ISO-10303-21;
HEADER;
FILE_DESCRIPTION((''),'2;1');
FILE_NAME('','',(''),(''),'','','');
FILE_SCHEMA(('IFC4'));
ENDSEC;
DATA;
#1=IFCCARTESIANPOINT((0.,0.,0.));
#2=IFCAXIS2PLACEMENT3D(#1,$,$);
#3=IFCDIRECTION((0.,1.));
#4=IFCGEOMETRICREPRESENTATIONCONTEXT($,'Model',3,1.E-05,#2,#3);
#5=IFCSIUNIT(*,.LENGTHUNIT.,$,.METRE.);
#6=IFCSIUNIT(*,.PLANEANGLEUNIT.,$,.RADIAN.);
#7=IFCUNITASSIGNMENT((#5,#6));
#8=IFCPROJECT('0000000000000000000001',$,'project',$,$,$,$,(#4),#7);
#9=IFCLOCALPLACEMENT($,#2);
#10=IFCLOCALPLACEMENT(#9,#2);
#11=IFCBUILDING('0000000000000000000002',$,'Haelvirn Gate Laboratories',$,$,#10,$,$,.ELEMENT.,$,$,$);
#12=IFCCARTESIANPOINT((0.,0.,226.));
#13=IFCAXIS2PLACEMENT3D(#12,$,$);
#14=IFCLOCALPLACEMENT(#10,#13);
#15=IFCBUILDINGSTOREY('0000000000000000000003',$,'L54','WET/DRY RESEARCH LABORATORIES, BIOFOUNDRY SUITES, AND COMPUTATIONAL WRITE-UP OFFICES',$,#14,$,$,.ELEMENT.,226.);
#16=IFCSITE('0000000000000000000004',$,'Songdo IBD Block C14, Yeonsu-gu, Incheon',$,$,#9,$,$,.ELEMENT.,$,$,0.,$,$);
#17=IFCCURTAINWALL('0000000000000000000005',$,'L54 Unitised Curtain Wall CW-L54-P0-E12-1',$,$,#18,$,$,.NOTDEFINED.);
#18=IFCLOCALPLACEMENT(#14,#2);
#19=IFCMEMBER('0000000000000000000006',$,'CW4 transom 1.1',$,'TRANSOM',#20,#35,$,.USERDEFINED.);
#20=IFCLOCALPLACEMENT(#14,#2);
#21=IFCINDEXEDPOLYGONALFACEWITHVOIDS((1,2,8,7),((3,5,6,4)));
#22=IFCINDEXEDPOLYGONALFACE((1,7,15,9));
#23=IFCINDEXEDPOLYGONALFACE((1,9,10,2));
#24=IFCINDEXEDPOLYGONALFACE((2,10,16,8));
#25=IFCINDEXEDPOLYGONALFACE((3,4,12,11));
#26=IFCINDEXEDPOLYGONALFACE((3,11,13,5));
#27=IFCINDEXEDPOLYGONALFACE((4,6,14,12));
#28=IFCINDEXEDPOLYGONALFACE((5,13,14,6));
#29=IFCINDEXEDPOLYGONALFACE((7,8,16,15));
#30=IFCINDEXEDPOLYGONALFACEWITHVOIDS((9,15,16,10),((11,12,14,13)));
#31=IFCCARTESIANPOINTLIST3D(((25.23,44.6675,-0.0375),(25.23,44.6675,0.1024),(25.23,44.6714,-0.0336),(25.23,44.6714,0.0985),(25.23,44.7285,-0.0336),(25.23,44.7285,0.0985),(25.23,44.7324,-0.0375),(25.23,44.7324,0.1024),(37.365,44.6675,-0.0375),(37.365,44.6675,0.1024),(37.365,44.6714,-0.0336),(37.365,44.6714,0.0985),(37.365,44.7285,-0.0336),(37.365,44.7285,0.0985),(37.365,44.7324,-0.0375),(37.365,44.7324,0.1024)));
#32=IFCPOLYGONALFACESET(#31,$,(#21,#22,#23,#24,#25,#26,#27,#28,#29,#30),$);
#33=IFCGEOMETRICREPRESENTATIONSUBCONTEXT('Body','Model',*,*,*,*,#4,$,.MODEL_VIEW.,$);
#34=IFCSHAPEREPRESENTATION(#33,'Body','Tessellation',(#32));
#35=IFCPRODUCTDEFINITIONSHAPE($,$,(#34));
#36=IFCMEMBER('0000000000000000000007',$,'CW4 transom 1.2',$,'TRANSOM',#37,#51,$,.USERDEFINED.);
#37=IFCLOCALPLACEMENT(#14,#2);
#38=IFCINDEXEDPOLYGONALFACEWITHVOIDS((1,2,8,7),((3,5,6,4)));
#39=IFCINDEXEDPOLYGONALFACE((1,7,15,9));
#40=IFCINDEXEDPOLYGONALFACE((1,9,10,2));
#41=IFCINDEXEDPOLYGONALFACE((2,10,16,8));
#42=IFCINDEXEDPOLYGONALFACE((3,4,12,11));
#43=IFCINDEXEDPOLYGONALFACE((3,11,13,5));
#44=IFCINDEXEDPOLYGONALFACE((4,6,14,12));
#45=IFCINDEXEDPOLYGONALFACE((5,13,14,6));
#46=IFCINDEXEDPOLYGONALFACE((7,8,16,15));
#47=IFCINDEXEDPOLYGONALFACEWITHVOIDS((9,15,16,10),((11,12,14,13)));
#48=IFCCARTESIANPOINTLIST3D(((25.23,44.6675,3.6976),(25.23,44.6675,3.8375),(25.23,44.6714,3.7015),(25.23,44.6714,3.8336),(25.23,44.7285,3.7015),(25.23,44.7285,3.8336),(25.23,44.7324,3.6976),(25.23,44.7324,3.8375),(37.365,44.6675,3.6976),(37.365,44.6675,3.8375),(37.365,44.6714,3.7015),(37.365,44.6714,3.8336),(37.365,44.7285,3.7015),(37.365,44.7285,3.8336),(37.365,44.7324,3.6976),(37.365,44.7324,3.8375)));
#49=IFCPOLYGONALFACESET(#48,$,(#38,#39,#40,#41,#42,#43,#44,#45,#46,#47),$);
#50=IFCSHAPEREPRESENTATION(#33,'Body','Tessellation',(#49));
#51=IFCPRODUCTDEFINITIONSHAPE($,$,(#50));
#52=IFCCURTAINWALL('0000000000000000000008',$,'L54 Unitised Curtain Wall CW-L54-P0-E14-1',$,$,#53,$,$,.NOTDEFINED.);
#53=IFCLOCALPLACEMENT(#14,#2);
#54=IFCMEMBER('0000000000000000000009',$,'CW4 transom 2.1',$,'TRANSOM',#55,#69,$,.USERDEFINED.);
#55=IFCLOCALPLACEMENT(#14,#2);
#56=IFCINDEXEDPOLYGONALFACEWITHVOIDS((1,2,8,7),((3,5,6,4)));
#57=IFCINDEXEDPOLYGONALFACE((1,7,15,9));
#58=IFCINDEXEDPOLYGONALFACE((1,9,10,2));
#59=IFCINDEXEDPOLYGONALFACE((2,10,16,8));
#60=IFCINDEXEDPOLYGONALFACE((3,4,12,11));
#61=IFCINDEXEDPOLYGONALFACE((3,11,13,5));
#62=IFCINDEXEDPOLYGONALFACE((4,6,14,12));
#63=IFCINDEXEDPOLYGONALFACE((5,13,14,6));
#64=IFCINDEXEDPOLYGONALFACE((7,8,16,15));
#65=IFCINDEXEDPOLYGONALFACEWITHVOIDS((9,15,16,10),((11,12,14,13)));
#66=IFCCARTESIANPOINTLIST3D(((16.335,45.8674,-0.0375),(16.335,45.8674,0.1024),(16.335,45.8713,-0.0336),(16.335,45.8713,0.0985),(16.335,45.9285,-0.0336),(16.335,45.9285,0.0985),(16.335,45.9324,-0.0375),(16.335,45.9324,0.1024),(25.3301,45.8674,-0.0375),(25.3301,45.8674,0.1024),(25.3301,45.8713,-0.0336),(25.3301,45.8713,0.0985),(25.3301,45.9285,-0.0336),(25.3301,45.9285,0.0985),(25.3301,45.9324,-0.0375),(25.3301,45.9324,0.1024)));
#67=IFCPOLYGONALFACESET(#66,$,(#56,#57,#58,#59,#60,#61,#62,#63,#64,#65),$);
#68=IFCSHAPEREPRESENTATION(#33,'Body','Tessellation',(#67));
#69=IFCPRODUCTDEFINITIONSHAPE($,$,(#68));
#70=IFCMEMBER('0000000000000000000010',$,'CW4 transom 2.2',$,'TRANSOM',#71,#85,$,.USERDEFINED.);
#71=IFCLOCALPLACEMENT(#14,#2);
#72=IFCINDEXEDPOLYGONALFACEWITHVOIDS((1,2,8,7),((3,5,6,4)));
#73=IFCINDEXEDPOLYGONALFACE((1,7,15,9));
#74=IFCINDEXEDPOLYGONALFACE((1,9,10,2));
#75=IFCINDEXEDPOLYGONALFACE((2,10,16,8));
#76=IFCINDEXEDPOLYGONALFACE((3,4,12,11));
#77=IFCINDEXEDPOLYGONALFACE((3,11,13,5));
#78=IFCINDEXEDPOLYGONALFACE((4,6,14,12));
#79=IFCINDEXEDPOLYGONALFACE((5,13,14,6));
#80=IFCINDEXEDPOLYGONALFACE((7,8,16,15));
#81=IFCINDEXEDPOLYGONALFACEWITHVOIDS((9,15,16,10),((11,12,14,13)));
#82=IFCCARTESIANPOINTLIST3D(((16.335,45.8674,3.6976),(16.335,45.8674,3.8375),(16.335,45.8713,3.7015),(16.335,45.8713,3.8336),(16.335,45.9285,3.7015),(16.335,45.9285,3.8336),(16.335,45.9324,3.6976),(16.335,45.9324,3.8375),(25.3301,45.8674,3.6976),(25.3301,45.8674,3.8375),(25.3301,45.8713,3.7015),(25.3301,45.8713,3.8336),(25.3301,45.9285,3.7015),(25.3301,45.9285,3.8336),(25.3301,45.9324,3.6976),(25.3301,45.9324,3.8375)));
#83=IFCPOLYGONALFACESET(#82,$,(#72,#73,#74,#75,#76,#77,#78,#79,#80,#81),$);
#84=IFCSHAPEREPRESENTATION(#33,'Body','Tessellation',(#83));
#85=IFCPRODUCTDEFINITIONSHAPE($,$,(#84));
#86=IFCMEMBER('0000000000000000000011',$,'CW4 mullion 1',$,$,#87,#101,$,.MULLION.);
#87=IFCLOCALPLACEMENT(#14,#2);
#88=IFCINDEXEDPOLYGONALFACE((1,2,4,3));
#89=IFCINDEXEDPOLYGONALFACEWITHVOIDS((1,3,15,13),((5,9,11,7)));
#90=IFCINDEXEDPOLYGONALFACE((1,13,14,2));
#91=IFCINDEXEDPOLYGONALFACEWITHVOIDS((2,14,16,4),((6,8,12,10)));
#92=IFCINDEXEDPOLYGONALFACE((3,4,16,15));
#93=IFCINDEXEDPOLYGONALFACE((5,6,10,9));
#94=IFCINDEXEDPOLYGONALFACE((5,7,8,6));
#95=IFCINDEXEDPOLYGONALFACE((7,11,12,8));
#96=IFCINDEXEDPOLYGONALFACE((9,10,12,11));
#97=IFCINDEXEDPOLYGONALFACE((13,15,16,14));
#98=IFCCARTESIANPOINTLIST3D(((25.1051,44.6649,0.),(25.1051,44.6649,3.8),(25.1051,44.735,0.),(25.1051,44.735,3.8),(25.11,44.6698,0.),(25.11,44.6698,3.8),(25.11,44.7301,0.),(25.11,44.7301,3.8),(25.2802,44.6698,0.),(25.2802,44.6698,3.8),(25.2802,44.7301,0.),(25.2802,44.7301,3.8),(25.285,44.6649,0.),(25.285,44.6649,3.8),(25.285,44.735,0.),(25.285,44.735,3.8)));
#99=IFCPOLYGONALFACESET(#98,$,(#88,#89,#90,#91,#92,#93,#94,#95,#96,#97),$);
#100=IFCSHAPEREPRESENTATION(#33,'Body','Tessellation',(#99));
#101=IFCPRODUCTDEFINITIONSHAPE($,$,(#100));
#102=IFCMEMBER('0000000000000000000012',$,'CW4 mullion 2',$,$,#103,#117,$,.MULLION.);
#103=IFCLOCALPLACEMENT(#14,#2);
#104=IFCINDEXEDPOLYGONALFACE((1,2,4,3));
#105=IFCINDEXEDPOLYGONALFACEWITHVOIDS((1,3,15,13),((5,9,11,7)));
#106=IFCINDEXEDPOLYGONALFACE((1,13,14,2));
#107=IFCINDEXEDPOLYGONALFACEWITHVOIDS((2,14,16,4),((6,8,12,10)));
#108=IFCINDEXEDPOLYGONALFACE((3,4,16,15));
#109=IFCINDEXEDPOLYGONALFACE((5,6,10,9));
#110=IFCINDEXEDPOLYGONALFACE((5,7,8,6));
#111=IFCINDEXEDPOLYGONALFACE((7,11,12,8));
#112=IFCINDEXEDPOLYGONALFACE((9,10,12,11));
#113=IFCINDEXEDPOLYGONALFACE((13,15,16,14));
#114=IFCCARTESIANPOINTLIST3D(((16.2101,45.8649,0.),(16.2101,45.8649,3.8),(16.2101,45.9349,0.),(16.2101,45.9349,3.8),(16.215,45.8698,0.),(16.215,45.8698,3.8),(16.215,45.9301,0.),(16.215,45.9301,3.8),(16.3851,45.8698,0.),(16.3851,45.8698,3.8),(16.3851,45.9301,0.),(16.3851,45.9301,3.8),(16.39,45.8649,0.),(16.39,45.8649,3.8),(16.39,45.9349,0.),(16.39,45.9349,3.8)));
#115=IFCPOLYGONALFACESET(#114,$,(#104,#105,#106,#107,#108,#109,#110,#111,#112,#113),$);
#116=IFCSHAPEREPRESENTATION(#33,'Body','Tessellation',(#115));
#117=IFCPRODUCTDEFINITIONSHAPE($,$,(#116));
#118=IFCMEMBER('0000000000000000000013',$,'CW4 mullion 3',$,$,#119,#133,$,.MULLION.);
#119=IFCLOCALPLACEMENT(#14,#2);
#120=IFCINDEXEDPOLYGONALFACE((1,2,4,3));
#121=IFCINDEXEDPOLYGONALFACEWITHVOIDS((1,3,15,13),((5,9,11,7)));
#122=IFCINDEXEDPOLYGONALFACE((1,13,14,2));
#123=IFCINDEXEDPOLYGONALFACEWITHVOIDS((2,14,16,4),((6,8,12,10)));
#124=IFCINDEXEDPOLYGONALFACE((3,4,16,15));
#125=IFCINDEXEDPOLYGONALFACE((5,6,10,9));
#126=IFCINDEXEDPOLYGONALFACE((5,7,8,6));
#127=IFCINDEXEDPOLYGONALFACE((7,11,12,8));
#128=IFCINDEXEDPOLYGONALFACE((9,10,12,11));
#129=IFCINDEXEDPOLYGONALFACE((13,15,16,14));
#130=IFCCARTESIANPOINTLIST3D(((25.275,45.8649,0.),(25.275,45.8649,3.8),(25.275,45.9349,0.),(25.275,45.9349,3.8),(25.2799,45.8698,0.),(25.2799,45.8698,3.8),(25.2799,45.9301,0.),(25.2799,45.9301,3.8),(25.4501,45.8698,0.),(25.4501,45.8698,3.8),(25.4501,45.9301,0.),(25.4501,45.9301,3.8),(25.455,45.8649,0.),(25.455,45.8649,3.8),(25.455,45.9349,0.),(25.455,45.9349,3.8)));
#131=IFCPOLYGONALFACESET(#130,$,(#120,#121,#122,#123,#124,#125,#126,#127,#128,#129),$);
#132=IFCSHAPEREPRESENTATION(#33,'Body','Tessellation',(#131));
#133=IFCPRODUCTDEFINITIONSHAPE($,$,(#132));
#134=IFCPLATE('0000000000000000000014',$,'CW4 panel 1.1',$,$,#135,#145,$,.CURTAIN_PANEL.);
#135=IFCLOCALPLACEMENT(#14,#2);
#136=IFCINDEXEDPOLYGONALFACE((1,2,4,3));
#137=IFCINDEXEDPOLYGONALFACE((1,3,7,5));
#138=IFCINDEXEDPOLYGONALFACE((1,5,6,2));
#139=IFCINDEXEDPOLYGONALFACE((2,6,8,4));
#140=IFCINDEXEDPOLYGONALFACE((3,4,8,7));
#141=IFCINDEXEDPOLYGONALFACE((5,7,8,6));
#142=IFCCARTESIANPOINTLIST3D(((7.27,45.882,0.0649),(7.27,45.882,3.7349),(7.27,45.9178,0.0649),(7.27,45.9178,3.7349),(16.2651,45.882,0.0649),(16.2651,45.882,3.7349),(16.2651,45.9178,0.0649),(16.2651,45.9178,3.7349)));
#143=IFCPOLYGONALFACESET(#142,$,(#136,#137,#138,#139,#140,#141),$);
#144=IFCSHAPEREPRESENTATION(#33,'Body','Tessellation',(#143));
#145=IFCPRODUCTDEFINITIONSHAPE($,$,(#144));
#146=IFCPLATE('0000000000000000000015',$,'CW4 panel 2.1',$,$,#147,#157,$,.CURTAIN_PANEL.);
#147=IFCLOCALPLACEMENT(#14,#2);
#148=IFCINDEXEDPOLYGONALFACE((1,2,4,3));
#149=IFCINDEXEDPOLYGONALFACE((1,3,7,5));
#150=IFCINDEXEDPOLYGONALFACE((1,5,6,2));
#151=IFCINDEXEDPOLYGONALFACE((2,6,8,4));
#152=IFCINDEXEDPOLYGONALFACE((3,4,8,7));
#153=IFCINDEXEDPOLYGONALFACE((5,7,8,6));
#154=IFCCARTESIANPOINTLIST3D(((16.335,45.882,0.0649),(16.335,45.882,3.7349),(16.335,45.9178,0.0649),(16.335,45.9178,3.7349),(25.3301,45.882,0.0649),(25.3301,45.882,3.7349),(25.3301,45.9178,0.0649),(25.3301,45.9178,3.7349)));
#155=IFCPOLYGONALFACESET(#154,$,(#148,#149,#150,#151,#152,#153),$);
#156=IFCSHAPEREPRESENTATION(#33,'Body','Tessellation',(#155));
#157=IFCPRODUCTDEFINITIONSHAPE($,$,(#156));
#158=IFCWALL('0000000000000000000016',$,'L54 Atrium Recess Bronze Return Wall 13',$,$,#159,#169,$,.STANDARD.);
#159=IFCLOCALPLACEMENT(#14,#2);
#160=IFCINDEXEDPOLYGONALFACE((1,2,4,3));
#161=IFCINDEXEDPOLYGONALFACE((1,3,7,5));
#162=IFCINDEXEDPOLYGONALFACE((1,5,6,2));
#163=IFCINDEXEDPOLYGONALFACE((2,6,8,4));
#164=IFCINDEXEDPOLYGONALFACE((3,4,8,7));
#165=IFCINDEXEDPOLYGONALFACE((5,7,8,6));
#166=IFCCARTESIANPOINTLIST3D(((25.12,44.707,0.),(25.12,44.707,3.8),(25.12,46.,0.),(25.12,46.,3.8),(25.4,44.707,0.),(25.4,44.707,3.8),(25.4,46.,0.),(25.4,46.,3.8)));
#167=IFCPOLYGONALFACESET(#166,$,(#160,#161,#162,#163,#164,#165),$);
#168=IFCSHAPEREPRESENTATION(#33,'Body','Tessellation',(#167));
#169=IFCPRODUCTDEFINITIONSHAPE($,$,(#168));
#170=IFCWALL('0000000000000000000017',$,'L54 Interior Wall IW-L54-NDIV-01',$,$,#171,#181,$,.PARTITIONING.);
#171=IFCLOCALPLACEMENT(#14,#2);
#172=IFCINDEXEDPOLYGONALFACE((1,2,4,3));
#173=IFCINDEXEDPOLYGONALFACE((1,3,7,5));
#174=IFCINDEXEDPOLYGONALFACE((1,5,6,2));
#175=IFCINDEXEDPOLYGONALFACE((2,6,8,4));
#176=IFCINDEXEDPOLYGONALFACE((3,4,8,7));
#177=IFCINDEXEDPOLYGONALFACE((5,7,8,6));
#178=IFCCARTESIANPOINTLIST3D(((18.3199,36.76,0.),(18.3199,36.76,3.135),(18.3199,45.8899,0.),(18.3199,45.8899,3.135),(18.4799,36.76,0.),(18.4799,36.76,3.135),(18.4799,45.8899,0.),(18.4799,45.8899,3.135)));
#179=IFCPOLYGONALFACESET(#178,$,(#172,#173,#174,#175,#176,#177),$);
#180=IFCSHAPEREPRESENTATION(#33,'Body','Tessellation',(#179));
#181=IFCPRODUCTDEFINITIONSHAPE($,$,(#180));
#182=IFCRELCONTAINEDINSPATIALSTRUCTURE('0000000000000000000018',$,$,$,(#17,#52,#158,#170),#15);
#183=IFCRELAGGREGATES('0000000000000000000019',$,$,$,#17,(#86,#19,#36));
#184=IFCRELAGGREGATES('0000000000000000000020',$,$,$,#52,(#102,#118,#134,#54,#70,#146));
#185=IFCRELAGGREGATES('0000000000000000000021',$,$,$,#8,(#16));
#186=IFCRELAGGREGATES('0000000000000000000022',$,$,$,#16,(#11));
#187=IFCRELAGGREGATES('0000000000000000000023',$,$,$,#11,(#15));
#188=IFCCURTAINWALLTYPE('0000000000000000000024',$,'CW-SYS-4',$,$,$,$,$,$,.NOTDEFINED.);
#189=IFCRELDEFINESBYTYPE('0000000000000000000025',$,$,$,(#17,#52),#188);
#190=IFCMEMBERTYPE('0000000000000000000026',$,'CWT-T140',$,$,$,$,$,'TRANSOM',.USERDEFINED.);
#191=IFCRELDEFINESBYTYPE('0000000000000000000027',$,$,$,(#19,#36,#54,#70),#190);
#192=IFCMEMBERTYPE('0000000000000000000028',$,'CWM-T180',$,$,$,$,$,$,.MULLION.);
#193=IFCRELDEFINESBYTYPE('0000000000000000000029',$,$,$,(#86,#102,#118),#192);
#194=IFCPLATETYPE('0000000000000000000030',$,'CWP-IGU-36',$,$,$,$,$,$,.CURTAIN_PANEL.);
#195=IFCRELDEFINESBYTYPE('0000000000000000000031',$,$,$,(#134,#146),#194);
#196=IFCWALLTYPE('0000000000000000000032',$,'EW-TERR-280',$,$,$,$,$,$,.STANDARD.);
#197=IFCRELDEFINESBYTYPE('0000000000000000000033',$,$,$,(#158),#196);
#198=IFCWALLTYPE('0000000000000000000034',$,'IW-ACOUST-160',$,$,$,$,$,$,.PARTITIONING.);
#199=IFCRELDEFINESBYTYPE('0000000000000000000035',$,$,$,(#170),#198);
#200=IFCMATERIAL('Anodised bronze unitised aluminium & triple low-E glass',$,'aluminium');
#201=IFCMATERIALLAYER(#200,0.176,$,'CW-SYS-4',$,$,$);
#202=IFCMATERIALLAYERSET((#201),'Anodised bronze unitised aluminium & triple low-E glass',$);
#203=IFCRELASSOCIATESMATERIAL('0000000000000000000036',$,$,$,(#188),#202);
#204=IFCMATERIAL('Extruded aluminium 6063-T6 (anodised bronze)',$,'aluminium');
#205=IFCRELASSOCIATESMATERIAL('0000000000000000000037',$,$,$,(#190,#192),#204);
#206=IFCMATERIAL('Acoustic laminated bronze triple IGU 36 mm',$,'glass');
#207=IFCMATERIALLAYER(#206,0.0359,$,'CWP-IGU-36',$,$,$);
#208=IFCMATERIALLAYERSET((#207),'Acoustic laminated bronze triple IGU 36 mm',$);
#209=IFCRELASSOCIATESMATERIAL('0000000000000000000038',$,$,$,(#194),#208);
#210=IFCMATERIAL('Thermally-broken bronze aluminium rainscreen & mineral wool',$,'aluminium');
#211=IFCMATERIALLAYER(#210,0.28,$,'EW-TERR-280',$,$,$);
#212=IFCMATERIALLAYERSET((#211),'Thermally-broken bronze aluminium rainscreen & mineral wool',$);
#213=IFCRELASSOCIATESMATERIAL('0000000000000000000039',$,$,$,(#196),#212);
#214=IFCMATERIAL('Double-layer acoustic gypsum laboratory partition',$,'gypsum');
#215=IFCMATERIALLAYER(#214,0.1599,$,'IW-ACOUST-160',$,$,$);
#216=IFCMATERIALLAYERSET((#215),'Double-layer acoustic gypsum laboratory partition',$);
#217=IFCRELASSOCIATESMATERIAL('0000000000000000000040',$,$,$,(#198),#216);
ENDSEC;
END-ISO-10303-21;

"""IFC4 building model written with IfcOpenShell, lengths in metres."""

from ifc_helpers import new_model, si_unit, direction, frame, frame_2d, origin, origin_2d, place, context, subcontext, project, spatial, rectangle, hollow_rectangle, extrude, source, transform, mapped, material, layer, layer_set, material_profile, profile_set, type_object, type_shapes, element, aggregate, save


model = new_model("IFC4")

# Units and contexts
model_context = context("Model", 3, precision=1e-05, world=origin(), true_north=direction((0.0, 1.0)))
body_context = subcontext(model_context, "Body", "Model", "MODEL_VIEW")
ifc_project = project(units=[si_unit("LENGTHUNIT", "METRE"), si_unit("PLANEANGLEUNIT", "RADIAN")], contexts=[model_context])

# Site, building, storey
site_placement = place(None, origin())
site = spatial("IfcSite", under=ifc_project, at=site_placement, Name="Songdo IBD Block C14, Yeonsu-gu, Incheon", CompositionType="ELEMENT", RefElevation=0.0)
building_placement = place(site_placement, origin())
building = spatial("IfcBuilding", under=site, at=building_placement, Name="Haelvirn Gate Laboratories", CompositionType="ELEMENT")
storey_placement = place(building_placement, frame((0.0, 0.0, 226.0)))
storey = spatial("IfcBuildingStorey", under=building, at=storey_placement, Name="L54", Description="WET/DRY RESEARCH LABORATORIES, BIOFOUNDRY SUITES, AND COMPUTATIONAL WRITE-UP OFFICES", CompositionType="ELEMENT", Elevation=226.0)

# Curtain walls, members
ifc_material_1 = material(Name="Anodised bronze unitised aluminium & triple low-E glass", Category="aluminium")
ifc_layer_1 = layer(ifc_material_1, 0.176, Name="CW-SYS-4")
ifc_layer_set_1 = layer_set([ifc_layer_1], Name="Anodised bronze unitised aluminium & triple low-E glass")
curtain_wall_type = type_object("IfcCurtainWallType", Name="CW-SYS-4", PredefinedType="NOTDEFINED", material=ifc_layer_set_1)
curtain_wall_1_placement = place(storey_placement, origin())
curtain_wall_1 = element("IfcCurtainWall", 1, at=curtain_wall_1_placement, inside=storey, type_object=curtain_wall_type, Name="L54 Unitised Curtain Wall CW-L54-P0-E12-1", PredefinedType="NOTDEFINED")
ifc_material_2 = material(Name="Extruded aluminium 6063-T6 (anodised bronze)", Category="aluminium")
ifc_material_profile_1 = material_profile(ifc_material_2, hollow_rectangle(XDim=0.0649, YDim=0.1399, WallThickness=0.0039, at=origin_2d()), Name="CWT-140x65x4")
ifc_profile_set_1 = profile_set([ifc_material_profile_1], Name="Extruded aluminium 6063-T6 (anodised bronze)")
member_type_1 = type_object("IfcMemberType", Name="CWT-T140", ElementType="TRANSOM", PredefinedType="USERDEFINED", material=ifc_profile_set_1)
shared_shape_1 = source(origin(), body_context, "Body", "SweptSolid", [
    extrude(hollow_rectangle(XDim=0.0649, YDim=0.1399, WallThickness=0.0039, at=origin_2d()), origin(), (0.0, 0.0, 1.0), 12.135),
])
member_1_placement = place(storey_placement, frame((25.23, 44.7, 0.0325), z_axis=(1.0, 0.0, 0.0), x_axis=(0.0, 1.0, 0.0)))
member_1 = element("IfcMember", 2, at=member_1_placement, type_object=member_type_1, Name="CW4 transom 1.1", ObjectType="TRANSOM", PredefinedType="USERDEFINED", context=body_context, shape_type="MappedRepresentation", body=[
    mapped(shared_shape_1, transform((0.0, 0.0, 0.0), scale=1.0)),
])
member_2_placement = place(storey_placement, frame((25.23, 44.7, 3.7676), z_axis=(1.0, 0.0, 0.0), x_axis=(0.0, 1.0, 0.0)))
member_2 = element("IfcMember", 3, at=member_2_placement, type_object=member_type_1, Name="CW4 transom 1.2", ObjectType="TRANSOM", PredefinedType="USERDEFINED", context=body_context, shape_type="MappedRepresentation", body=[
    mapped(shared_shape_1, transform((0.0, 0.0, 0.0), scale=1.0)),
])
curtain_wall_2_placement = place(storey_placement, origin())
curtain_wall_2 = element("IfcCurtainWall", 4, at=curtain_wall_2_placement, inside=storey, type_object=curtain_wall_type, Name="L54 Unitised Curtain Wall CW-L54-P0-E14-1", PredefinedType="NOTDEFINED")
shared_shape_2 = source(origin(), body_context, "Body", "SweptSolid", [
    extrude(hollow_rectangle(XDim=0.0649, YDim=0.1399, WallThickness=0.0039, at=origin_2d()), origin(), (0.0, 0.0, 1.0), 8.9951),
])
type_shapes(member_type_1, [shared_shape_1, shared_shape_2])
member_3_placement = place(storey_placement, frame((16.335, 45.8999, 0.0325), z_axis=(1.0, 0.0, 0.0), x_axis=(0.0, 1.0, 0.0)))
member_3 = element("IfcMember", 5, at=member_3_placement, type_object=member_type_1, Name="CW4 transom 2.1", ObjectType="TRANSOM", PredefinedType="USERDEFINED", context=body_context, shape_type="MappedRepresentation", body=[
    mapped(shared_shape_2, transform((0.0, 0.0, 0.0), scale=1.0)),
])
member_4_placement = place(storey_placement, frame((16.335, 45.8999, 3.7676), z_axis=(1.0, 0.0, 0.0), x_axis=(0.0, 1.0, 0.0)))
member_4 = element("IfcMember", 6, at=member_4_placement, type_object=member_type_1, Name="CW4 transom 2.2", ObjectType="TRANSOM", PredefinedType="USERDEFINED", context=body_context, shape_type="MappedRepresentation", body=[
    mapped(shared_shape_2, transform((0.0, 0.0, 0.0), scale=1.0)),
])

# Members
ifc_material_profile_2 = material_profile(ifc_material_2, hollow_rectangle(XDim=0.0701, YDim=0.1799, WallThickness=0.0049, at=origin_2d()), Name="CWM-180x70x5")
ifc_profile_set_2 = profile_set([ifc_material_profile_2], Name="Extruded aluminium 6063-T6 (anodised bronze)")
member_type_2 = type_object("IfcMemberType", Name="CWM-T180", PredefinedType="MULLION", material=ifc_profile_set_2)
shared_shape_3 = source(origin(), body_context, "Body", "SweptSolid", [
    extrude(hollow_rectangle(XDim=0.0701, YDim=0.1799, WallThickness=0.0049, at=origin_2d()), origin(), (0.0, 0.0, 1.0), 3.8),
])
type_shapes(member_type_2, [shared_shape_3])
member_5_placement = place(storey_placement, frame((25.1951, 44.7, 0.0), z_axis=(0.0, 0.0, 1.0), x_axis=(0.0, 1.0, 0.0)))
member_5 = element("IfcMember", 7, at=member_5_placement, type_object=member_type_2, Name="CW4 mullion 1", PredefinedType="MULLION", context=body_context, shape_type="MappedRepresentation", body=[
    mapped(shared_shape_3, transform((0.0, 0.0, 0.0), scale=1.0)),
])
aggregate(curtain_wall_1, [member_5, member_1, member_2])
member_6_placement = place(storey_placement, frame((16.3, 45.8999, 0.0), z_axis=(0.0, 0.0, 1.0), x_axis=(0.0, 1.0, 0.0)))
member_6 = element("IfcMember", 8, at=member_6_placement, type_object=member_type_2, Name="CW4 mullion 2", PredefinedType="MULLION", context=body_context, shape_type="MappedRepresentation", body=[
    mapped(shared_shape_3, transform((0.0, 0.0, 0.0), scale=1.0)),
])
member_7_placement = place(storey_placement, frame((25.365, 45.8999, 0.0), z_axis=(0.0, 0.0, 1.0), x_axis=(0.0, 1.0, 0.0)))
member_7 = element("IfcMember", 9, at=member_7_placement, type_object=member_type_2, Name="CW4 mullion 3", PredefinedType="MULLION", context=body_context, shape_type="MappedRepresentation", body=[
    mapped(shared_shape_3, transform((0.0, 0.0, 0.0), scale=1.0)),
])

# Plates
ifc_material_3 = material(Name="Acoustic laminated bronze triple IGU 36 mm", Category="glass")
ifc_layer_2 = layer(ifc_material_3, 0.0359, Name="CWP-IGU-36")
ifc_layer_set_2 = layer_set([ifc_layer_2], Name="Acoustic laminated bronze triple IGU 36 mm")
plate_type = type_object("IfcPlateType", Name="CWP-IGU-36", PredefinedType="CURTAIN_PANEL", material=ifc_layer_set_2)
shared_shape_4 = source(origin(), body_context, "Body", "SweptSolid", [
    extrude(rectangle(XDim=8.9951, YDim=0.0359, at=origin_2d()), origin(), (0.0, 0.0, 1.0), 3.6699),
])
type_shapes(plate_type, [shared_shape_4])
plate_1_placement = place(storey_placement, frame((11.7676, 45.8999, 0.0649), z_axis=(0.0, 0.0, 1.0), x_axis=(1.0, 0.0, 0.0)))
plate_1 = element("IfcPlate", 10, at=plate_1_placement, type_object=plate_type, Name="CW4 panel 1.1", PredefinedType="CURTAIN_PANEL", context=body_context, shape_type="MappedRepresentation", body=[
    mapped(shared_shape_4, transform((0.0, 0.0, 0.0), scale=1.0)),
])
plate_2_placement = place(storey_placement, frame((20.8325, 45.8999, 0.0649), z_axis=(0.0, 0.0, 1.0), x_axis=(1.0, 0.0, 0.0)))
plate_2 = element("IfcPlate", 11, at=plate_2_placement, type_object=plate_type, Name="CW4 panel 2.1", PredefinedType="CURTAIN_PANEL", context=body_context, shape_type="MappedRepresentation", body=[
    mapped(shared_shape_4, transform((0.0, 0.0, 0.0), scale=1.0)),
])
aggregate(curtain_wall_2, [member_6, member_7, plate_1, member_3, member_4, plate_2])

# Walls
ifc_material_4 = material(Name="Thermally-broken bronze aluminium rainscreen & mineral wool", Category="aluminium")
ifc_layer_3 = layer(ifc_material_4, 0.28, Name="EW-TERR-280")
ifc_layer_set_3 = layer_set([ifc_layer_3], Name="Thermally-broken bronze aluminium rainscreen & mineral wool")
wall_type_1 = type_object("IfcWallType", Name="EW-TERR-280", PredefinedType="STANDARD", material=ifc_layer_set_3)
wall_1_placement = place(storey_placement, frame((25.26, 44.707, 0.0), z_axis=(0.0, 0.0, 1.0), x_axis=(0.0, 1.0, 0.0)))
element("IfcWall", 12, at=wall_1_placement, inside=storey, type_object=wall_type_1, Name="L54 Atrium Recess Bronze Return Wall 13", PredefinedType="STANDARD", context=body_context, shape_type="SweptSolid", body=[
    extrude(rectangle(XDim=1.293, YDim=0.28, at=frame_2d((0.6465, 0.0))), origin(), (0.0, 0.0, 1.0), 3.8),
])
ifc_material_5 = material(Name="Double-layer acoustic gypsum laboratory partition", Category="gypsum")
ifc_layer_4 = layer(ifc_material_5, 0.1599, Name="IW-ACOUST-160")
ifc_layer_set_4 = layer_set([ifc_layer_4], Name="Double-layer acoustic gypsum laboratory partition")
wall_type_2 = type_object("IfcWallType", Name="IW-ACOUST-160", PredefinedType="PARTITIONING", material=ifc_layer_set_4)
wall_2_placement = place(storey_placement, frame((18.3999, 36.76, 0.0), z_axis=(0.0, 0.0, 1.0), x_axis=(0.0, 1.0, 0.0)))
element("IfcWall", 13, at=wall_2_placement, inside=storey, type_object=wall_type_2, Name="L54 Interior Wall IW-L54-NDIV-01", PredefinedType="PARTITIONING", context=body_context, shape_type="SweptSolid", body=[
    extrude(rectangle(XDim=9.1299, YDim=0.1599, at=frame_2d((4.5649, 0.0))), origin(), (0.0, 0.0, 1.0), 3.135),
])

save(model, "model.ifc")
